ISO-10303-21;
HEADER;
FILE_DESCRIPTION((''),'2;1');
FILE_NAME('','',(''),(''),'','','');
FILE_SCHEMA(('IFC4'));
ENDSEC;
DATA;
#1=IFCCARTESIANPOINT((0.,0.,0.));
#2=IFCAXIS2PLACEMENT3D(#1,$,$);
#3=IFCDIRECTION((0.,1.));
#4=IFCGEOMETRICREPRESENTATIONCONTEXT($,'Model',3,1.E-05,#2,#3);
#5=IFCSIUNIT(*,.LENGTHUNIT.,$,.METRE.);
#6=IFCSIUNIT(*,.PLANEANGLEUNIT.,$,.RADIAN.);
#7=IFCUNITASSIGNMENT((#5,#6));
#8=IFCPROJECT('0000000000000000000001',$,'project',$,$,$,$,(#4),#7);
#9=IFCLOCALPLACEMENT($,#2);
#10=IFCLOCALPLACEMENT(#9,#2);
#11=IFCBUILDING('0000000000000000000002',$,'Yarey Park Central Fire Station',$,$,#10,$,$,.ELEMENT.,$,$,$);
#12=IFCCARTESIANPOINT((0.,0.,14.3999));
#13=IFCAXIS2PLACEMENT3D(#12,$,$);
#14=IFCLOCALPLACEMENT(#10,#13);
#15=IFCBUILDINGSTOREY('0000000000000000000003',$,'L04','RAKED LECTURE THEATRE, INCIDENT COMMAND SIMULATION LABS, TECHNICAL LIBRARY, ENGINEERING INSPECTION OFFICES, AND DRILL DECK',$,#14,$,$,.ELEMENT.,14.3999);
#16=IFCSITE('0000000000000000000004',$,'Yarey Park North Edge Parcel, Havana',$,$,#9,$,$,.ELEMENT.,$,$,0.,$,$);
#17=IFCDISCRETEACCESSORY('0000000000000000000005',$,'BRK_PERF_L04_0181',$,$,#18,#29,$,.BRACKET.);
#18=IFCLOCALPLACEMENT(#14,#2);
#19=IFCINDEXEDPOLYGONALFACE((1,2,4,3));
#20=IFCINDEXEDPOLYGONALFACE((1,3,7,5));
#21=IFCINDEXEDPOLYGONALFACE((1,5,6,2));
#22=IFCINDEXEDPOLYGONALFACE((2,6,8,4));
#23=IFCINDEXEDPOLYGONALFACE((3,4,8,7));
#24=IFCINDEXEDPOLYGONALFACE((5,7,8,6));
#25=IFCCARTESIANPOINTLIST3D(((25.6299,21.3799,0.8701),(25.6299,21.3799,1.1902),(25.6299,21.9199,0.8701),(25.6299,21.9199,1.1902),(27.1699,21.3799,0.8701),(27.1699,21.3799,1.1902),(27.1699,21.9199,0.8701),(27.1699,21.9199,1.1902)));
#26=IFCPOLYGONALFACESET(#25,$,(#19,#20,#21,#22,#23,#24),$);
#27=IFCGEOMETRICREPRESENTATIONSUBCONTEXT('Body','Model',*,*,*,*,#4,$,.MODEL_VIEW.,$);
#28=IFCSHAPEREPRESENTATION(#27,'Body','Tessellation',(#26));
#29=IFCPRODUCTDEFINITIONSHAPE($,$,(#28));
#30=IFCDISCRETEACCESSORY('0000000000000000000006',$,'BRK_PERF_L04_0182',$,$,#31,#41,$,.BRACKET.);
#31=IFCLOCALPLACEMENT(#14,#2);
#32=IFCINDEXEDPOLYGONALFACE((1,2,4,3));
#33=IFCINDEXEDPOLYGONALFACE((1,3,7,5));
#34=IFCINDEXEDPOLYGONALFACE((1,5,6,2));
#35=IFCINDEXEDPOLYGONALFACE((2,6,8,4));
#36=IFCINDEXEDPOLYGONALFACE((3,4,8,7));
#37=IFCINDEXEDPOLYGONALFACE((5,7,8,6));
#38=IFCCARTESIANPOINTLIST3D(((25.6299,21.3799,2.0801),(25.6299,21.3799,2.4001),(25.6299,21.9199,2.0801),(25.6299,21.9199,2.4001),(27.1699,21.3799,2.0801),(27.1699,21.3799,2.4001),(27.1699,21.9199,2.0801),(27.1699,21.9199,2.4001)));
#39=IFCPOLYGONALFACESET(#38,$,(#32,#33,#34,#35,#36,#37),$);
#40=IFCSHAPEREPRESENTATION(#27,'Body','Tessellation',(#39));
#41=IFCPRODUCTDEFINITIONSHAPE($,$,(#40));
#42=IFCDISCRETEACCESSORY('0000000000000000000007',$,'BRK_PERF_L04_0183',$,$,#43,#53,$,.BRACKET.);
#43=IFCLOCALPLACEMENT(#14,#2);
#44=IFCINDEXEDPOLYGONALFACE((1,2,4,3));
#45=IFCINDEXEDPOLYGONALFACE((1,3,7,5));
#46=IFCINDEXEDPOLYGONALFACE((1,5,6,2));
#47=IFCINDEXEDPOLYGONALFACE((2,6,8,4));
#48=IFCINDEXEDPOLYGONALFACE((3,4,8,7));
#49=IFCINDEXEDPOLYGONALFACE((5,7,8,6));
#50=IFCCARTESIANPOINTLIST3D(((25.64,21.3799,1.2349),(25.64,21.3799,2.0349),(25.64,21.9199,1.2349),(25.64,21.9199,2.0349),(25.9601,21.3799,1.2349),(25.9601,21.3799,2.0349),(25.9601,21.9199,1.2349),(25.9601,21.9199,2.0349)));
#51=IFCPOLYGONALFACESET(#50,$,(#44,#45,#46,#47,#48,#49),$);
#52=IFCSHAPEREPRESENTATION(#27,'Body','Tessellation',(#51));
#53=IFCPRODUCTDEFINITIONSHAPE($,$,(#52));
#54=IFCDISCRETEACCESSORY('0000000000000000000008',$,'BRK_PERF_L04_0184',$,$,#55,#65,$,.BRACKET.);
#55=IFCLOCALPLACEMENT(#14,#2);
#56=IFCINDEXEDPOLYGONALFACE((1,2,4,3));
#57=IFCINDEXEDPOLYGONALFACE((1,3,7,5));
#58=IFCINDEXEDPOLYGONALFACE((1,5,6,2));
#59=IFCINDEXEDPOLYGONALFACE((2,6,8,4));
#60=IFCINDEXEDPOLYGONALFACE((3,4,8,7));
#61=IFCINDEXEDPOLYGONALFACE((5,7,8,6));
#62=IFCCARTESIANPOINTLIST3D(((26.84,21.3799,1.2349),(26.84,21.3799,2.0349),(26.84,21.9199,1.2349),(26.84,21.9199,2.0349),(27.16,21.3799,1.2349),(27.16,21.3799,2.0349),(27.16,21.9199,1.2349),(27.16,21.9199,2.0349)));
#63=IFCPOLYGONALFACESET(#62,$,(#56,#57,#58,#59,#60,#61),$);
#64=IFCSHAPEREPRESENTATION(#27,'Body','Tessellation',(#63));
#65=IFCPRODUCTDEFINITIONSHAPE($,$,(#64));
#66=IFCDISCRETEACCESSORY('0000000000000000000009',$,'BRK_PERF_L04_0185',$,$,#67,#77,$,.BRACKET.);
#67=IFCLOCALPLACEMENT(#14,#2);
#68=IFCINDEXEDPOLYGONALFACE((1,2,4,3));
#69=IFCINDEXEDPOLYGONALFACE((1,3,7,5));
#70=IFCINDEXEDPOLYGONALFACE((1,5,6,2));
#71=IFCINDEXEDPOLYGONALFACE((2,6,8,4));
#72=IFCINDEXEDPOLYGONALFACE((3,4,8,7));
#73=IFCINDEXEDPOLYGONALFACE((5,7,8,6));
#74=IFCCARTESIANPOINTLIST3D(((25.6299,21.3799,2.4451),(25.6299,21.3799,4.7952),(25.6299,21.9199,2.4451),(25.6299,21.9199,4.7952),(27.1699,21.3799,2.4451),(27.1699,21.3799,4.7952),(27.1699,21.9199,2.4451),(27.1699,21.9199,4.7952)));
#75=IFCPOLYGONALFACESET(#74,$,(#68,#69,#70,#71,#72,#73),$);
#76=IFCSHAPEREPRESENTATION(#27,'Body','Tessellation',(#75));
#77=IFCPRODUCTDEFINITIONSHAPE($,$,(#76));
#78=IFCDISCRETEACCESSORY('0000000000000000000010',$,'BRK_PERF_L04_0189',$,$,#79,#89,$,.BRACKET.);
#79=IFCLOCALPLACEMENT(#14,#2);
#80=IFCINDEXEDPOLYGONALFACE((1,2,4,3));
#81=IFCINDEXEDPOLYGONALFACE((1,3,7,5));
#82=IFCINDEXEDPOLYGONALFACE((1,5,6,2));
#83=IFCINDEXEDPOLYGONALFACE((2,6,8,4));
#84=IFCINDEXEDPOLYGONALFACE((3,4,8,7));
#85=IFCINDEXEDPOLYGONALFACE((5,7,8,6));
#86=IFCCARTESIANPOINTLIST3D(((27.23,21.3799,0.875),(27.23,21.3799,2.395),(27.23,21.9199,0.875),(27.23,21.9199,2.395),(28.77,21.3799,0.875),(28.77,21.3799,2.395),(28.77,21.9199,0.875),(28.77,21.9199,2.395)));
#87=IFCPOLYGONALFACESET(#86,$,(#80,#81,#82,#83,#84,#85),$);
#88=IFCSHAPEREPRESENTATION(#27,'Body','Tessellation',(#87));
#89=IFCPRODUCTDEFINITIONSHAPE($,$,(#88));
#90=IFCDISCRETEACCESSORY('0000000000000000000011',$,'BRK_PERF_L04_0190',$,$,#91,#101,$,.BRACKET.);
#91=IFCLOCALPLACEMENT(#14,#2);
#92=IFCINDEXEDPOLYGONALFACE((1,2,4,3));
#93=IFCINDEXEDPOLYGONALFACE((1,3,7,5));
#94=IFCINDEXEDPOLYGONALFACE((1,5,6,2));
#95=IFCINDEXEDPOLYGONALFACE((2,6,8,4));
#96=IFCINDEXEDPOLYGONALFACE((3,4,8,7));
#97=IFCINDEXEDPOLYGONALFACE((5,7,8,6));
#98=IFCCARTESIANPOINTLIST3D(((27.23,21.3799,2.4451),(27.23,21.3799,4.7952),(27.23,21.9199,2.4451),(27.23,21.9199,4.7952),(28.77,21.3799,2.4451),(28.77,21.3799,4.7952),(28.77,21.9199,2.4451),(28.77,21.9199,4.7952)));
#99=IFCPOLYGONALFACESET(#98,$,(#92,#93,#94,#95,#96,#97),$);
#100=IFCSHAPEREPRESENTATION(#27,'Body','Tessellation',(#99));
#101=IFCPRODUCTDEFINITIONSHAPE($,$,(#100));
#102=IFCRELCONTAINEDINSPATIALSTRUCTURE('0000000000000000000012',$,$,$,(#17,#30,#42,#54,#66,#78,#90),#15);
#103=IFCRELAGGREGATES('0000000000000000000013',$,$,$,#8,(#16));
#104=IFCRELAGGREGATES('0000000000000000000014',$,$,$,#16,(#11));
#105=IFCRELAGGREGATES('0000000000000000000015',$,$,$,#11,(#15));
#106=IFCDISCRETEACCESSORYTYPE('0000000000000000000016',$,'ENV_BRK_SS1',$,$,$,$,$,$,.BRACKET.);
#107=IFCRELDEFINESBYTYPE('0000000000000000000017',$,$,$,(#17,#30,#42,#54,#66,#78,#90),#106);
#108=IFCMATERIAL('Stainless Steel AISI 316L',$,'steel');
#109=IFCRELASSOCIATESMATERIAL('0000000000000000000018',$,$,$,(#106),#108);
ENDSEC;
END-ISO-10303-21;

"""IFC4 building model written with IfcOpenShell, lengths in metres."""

from ifc_helpers import new_model, si_unit, direction, frame, origin, origin_2d, place, context, subcontext, project, spatial, rectangle, extrude, material, type_object, element, save


model = new_model("IFC4")

# Units and contexts
model_context = context("Model", 3, precision=1e-05, world=origin(), true_north=direction((0.0, 1.0)))
body_context = subcontext(model_context, "Body", "Model", "MODEL_VIEW")
ifc_project = project(units=[si_unit("LENGTHUNIT", "METRE"), si_unit("PLANEANGLEUNIT", "RADIAN")], contexts=[model_context])

# Site, building, storey
site_placement = place(None, origin())
site = spatial("IfcSite", under=ifc_project, at=site_placement, Name="Yarey Park North Edge Parcel, Havana", CompositionType="ELEMENT", RefElevation=0.0)
building_placement = place(site_placement, origin())
building = spatial("IfcBuilding", under=site, at=building_placement, Name="Yarey Park Central Fire Station", CompositionType="ELEMENT")
storey_placement = place(building_placement, frame((0.0, 0.0, 14.3999)))
storey = spatial("IfcBuildingStorey", under=building, at=storey_placement, Name="L04", Description="RAKED LECTURE THEATRE, INCIDENT COMMAND SIMULATION LABS, TECHNICAL LIBRARY, ENGINEERING INSPECTION OFFICES, AND DRILL DECK", CompositionType="ELEMENT", Elevation=14.3999)

# Discrete accessories
ifc_material = material(Name="Stainless Steel AISI 316L", Category="steel")
discrete_accessory_type = type_object("IfcDiscreteAccessoryType", Name="ENV_BRK_SS1", PredefinedType="BRACKET", material=ifc_material)
for number, where, z_axis, x_axis, name in (
    (1, (26.3999, 21.6499, 0.8701), (0.0, 0.0, 1.0), (1.0, 0.0, 0.0), "BRK_PERF_L04_0181"),
    (2, (26.3999, 21.6499, 2.0801), (0.0, 0.0, 1.0), (1.0, 0.0, 0.0), "BRK_PERF_L04_0182"),
):
    element("IfcDiscreteAccessory", number, at=place(storey_placement, frame(where, z_axis=z_axis, x_axis=x_axis)), inside=storey, type_object=discrete_accessory_type, Name=name, PredefinedType="BRACKET", context=body_context, shape_type="SweptSolid", body=[
        extrude(rectangle(XDim=1.54, YDim=0.54, at=origin_2d()), origin(), (0.0, 0.0, 1.0), 0.3201),
    ])
for number, where, z_axis, x_axis, name in (
    (3, (25.8, 21.6499, 1.2349), (0.0, 0.0, 1.0), (1.0, 0.0, 0.0), "BRK_PERF_L04_0183"),
    (4, (27.0, 21.6499, 1.2349), (0.0, 0.0, 1.0), (1.0, 0.0, 0.0), "BRK_PERF_L04_0184"),
):
    element("IfcDiscreteAccessory", number, at=place(storey_placement, frame(where, z_axis=z_axis, x_axis=x_axis)), inside=storey, type_object=discrete_accessory_type, Name=name, PredefinedType="BRACKET", context=body_context, shape_type="SweptSolid", body=[
        extrude(rectangle(XDim=0.3201, YDim=0.54, at=origin_2d()), origin(), (0.0, 0.0, 1.0), 0.8),
    ])
discrete_accessory_1_placement = place(storey_placement, frame((26.3999, 21.6499, 2.4451), z_axis=(0.0, 0.0, 1.0), x_axis=(1.0, 0.0, 0.0)))
element("IfcDiscreteAccessory", 5, at=discrete_accessory_1_placement, inside=storey, type_object=discrete_accessory_type, Name="BRK_PERF_L04_0185", PredefinedType="BRACKET", context=body_context, shape_type="SweptSolid", body=[
    extrude(rectangle(XDim=1.54, YDim=0.54, at=origin_2d()), origin(), (0.0, 0.0, 1.0), 2.3501),
])
discrete_accessory_2_placement = place(storey_placement, frame((28.0, 21.6499, 0.875), z_axis=(0.0, 0.0, 1.0), x_axis=(1.0, 0.0, 0.0)))
element("IfcDiscreteAccessory", 6, at=discrete_accessory_2_placement, inside=storey, type_object=discrete_accessory_type, Name="BRK_PERF_L04_0189", PredefinedType="BRACKET", context=body_context, shape_type="SweptSolid", body=[
    extrude(rectangle(XDim=1.54, YDim=0.54, at=origin_2d()), origin(), (0.0, 0.0, 1.0), 1.52),
])
discrete_accessory_3_placement = place(storey_placement, frame((28.0, 21.6499, 2.4451), z_axis=(0.0, 0.0, 1.0), x_axis=(1.0, 0.0, 0.0)))
element("IfcDiscreteAccessory", 7, at=discrete_accessory_3_placement, inside=storey, type_object=discrete_accessory_type, Name="BRK_PERF_L04_0190", PredefinedType="BRACKET", context=body_context, shape_type="SweptSolid", body=[
    extrude(rectangle(XDim=1.54, YDim=0.54, at=origin_2d()), origin(), (0.0, 0.0, 1.0), 2.3501),
])

save(model, "model.ifc")
